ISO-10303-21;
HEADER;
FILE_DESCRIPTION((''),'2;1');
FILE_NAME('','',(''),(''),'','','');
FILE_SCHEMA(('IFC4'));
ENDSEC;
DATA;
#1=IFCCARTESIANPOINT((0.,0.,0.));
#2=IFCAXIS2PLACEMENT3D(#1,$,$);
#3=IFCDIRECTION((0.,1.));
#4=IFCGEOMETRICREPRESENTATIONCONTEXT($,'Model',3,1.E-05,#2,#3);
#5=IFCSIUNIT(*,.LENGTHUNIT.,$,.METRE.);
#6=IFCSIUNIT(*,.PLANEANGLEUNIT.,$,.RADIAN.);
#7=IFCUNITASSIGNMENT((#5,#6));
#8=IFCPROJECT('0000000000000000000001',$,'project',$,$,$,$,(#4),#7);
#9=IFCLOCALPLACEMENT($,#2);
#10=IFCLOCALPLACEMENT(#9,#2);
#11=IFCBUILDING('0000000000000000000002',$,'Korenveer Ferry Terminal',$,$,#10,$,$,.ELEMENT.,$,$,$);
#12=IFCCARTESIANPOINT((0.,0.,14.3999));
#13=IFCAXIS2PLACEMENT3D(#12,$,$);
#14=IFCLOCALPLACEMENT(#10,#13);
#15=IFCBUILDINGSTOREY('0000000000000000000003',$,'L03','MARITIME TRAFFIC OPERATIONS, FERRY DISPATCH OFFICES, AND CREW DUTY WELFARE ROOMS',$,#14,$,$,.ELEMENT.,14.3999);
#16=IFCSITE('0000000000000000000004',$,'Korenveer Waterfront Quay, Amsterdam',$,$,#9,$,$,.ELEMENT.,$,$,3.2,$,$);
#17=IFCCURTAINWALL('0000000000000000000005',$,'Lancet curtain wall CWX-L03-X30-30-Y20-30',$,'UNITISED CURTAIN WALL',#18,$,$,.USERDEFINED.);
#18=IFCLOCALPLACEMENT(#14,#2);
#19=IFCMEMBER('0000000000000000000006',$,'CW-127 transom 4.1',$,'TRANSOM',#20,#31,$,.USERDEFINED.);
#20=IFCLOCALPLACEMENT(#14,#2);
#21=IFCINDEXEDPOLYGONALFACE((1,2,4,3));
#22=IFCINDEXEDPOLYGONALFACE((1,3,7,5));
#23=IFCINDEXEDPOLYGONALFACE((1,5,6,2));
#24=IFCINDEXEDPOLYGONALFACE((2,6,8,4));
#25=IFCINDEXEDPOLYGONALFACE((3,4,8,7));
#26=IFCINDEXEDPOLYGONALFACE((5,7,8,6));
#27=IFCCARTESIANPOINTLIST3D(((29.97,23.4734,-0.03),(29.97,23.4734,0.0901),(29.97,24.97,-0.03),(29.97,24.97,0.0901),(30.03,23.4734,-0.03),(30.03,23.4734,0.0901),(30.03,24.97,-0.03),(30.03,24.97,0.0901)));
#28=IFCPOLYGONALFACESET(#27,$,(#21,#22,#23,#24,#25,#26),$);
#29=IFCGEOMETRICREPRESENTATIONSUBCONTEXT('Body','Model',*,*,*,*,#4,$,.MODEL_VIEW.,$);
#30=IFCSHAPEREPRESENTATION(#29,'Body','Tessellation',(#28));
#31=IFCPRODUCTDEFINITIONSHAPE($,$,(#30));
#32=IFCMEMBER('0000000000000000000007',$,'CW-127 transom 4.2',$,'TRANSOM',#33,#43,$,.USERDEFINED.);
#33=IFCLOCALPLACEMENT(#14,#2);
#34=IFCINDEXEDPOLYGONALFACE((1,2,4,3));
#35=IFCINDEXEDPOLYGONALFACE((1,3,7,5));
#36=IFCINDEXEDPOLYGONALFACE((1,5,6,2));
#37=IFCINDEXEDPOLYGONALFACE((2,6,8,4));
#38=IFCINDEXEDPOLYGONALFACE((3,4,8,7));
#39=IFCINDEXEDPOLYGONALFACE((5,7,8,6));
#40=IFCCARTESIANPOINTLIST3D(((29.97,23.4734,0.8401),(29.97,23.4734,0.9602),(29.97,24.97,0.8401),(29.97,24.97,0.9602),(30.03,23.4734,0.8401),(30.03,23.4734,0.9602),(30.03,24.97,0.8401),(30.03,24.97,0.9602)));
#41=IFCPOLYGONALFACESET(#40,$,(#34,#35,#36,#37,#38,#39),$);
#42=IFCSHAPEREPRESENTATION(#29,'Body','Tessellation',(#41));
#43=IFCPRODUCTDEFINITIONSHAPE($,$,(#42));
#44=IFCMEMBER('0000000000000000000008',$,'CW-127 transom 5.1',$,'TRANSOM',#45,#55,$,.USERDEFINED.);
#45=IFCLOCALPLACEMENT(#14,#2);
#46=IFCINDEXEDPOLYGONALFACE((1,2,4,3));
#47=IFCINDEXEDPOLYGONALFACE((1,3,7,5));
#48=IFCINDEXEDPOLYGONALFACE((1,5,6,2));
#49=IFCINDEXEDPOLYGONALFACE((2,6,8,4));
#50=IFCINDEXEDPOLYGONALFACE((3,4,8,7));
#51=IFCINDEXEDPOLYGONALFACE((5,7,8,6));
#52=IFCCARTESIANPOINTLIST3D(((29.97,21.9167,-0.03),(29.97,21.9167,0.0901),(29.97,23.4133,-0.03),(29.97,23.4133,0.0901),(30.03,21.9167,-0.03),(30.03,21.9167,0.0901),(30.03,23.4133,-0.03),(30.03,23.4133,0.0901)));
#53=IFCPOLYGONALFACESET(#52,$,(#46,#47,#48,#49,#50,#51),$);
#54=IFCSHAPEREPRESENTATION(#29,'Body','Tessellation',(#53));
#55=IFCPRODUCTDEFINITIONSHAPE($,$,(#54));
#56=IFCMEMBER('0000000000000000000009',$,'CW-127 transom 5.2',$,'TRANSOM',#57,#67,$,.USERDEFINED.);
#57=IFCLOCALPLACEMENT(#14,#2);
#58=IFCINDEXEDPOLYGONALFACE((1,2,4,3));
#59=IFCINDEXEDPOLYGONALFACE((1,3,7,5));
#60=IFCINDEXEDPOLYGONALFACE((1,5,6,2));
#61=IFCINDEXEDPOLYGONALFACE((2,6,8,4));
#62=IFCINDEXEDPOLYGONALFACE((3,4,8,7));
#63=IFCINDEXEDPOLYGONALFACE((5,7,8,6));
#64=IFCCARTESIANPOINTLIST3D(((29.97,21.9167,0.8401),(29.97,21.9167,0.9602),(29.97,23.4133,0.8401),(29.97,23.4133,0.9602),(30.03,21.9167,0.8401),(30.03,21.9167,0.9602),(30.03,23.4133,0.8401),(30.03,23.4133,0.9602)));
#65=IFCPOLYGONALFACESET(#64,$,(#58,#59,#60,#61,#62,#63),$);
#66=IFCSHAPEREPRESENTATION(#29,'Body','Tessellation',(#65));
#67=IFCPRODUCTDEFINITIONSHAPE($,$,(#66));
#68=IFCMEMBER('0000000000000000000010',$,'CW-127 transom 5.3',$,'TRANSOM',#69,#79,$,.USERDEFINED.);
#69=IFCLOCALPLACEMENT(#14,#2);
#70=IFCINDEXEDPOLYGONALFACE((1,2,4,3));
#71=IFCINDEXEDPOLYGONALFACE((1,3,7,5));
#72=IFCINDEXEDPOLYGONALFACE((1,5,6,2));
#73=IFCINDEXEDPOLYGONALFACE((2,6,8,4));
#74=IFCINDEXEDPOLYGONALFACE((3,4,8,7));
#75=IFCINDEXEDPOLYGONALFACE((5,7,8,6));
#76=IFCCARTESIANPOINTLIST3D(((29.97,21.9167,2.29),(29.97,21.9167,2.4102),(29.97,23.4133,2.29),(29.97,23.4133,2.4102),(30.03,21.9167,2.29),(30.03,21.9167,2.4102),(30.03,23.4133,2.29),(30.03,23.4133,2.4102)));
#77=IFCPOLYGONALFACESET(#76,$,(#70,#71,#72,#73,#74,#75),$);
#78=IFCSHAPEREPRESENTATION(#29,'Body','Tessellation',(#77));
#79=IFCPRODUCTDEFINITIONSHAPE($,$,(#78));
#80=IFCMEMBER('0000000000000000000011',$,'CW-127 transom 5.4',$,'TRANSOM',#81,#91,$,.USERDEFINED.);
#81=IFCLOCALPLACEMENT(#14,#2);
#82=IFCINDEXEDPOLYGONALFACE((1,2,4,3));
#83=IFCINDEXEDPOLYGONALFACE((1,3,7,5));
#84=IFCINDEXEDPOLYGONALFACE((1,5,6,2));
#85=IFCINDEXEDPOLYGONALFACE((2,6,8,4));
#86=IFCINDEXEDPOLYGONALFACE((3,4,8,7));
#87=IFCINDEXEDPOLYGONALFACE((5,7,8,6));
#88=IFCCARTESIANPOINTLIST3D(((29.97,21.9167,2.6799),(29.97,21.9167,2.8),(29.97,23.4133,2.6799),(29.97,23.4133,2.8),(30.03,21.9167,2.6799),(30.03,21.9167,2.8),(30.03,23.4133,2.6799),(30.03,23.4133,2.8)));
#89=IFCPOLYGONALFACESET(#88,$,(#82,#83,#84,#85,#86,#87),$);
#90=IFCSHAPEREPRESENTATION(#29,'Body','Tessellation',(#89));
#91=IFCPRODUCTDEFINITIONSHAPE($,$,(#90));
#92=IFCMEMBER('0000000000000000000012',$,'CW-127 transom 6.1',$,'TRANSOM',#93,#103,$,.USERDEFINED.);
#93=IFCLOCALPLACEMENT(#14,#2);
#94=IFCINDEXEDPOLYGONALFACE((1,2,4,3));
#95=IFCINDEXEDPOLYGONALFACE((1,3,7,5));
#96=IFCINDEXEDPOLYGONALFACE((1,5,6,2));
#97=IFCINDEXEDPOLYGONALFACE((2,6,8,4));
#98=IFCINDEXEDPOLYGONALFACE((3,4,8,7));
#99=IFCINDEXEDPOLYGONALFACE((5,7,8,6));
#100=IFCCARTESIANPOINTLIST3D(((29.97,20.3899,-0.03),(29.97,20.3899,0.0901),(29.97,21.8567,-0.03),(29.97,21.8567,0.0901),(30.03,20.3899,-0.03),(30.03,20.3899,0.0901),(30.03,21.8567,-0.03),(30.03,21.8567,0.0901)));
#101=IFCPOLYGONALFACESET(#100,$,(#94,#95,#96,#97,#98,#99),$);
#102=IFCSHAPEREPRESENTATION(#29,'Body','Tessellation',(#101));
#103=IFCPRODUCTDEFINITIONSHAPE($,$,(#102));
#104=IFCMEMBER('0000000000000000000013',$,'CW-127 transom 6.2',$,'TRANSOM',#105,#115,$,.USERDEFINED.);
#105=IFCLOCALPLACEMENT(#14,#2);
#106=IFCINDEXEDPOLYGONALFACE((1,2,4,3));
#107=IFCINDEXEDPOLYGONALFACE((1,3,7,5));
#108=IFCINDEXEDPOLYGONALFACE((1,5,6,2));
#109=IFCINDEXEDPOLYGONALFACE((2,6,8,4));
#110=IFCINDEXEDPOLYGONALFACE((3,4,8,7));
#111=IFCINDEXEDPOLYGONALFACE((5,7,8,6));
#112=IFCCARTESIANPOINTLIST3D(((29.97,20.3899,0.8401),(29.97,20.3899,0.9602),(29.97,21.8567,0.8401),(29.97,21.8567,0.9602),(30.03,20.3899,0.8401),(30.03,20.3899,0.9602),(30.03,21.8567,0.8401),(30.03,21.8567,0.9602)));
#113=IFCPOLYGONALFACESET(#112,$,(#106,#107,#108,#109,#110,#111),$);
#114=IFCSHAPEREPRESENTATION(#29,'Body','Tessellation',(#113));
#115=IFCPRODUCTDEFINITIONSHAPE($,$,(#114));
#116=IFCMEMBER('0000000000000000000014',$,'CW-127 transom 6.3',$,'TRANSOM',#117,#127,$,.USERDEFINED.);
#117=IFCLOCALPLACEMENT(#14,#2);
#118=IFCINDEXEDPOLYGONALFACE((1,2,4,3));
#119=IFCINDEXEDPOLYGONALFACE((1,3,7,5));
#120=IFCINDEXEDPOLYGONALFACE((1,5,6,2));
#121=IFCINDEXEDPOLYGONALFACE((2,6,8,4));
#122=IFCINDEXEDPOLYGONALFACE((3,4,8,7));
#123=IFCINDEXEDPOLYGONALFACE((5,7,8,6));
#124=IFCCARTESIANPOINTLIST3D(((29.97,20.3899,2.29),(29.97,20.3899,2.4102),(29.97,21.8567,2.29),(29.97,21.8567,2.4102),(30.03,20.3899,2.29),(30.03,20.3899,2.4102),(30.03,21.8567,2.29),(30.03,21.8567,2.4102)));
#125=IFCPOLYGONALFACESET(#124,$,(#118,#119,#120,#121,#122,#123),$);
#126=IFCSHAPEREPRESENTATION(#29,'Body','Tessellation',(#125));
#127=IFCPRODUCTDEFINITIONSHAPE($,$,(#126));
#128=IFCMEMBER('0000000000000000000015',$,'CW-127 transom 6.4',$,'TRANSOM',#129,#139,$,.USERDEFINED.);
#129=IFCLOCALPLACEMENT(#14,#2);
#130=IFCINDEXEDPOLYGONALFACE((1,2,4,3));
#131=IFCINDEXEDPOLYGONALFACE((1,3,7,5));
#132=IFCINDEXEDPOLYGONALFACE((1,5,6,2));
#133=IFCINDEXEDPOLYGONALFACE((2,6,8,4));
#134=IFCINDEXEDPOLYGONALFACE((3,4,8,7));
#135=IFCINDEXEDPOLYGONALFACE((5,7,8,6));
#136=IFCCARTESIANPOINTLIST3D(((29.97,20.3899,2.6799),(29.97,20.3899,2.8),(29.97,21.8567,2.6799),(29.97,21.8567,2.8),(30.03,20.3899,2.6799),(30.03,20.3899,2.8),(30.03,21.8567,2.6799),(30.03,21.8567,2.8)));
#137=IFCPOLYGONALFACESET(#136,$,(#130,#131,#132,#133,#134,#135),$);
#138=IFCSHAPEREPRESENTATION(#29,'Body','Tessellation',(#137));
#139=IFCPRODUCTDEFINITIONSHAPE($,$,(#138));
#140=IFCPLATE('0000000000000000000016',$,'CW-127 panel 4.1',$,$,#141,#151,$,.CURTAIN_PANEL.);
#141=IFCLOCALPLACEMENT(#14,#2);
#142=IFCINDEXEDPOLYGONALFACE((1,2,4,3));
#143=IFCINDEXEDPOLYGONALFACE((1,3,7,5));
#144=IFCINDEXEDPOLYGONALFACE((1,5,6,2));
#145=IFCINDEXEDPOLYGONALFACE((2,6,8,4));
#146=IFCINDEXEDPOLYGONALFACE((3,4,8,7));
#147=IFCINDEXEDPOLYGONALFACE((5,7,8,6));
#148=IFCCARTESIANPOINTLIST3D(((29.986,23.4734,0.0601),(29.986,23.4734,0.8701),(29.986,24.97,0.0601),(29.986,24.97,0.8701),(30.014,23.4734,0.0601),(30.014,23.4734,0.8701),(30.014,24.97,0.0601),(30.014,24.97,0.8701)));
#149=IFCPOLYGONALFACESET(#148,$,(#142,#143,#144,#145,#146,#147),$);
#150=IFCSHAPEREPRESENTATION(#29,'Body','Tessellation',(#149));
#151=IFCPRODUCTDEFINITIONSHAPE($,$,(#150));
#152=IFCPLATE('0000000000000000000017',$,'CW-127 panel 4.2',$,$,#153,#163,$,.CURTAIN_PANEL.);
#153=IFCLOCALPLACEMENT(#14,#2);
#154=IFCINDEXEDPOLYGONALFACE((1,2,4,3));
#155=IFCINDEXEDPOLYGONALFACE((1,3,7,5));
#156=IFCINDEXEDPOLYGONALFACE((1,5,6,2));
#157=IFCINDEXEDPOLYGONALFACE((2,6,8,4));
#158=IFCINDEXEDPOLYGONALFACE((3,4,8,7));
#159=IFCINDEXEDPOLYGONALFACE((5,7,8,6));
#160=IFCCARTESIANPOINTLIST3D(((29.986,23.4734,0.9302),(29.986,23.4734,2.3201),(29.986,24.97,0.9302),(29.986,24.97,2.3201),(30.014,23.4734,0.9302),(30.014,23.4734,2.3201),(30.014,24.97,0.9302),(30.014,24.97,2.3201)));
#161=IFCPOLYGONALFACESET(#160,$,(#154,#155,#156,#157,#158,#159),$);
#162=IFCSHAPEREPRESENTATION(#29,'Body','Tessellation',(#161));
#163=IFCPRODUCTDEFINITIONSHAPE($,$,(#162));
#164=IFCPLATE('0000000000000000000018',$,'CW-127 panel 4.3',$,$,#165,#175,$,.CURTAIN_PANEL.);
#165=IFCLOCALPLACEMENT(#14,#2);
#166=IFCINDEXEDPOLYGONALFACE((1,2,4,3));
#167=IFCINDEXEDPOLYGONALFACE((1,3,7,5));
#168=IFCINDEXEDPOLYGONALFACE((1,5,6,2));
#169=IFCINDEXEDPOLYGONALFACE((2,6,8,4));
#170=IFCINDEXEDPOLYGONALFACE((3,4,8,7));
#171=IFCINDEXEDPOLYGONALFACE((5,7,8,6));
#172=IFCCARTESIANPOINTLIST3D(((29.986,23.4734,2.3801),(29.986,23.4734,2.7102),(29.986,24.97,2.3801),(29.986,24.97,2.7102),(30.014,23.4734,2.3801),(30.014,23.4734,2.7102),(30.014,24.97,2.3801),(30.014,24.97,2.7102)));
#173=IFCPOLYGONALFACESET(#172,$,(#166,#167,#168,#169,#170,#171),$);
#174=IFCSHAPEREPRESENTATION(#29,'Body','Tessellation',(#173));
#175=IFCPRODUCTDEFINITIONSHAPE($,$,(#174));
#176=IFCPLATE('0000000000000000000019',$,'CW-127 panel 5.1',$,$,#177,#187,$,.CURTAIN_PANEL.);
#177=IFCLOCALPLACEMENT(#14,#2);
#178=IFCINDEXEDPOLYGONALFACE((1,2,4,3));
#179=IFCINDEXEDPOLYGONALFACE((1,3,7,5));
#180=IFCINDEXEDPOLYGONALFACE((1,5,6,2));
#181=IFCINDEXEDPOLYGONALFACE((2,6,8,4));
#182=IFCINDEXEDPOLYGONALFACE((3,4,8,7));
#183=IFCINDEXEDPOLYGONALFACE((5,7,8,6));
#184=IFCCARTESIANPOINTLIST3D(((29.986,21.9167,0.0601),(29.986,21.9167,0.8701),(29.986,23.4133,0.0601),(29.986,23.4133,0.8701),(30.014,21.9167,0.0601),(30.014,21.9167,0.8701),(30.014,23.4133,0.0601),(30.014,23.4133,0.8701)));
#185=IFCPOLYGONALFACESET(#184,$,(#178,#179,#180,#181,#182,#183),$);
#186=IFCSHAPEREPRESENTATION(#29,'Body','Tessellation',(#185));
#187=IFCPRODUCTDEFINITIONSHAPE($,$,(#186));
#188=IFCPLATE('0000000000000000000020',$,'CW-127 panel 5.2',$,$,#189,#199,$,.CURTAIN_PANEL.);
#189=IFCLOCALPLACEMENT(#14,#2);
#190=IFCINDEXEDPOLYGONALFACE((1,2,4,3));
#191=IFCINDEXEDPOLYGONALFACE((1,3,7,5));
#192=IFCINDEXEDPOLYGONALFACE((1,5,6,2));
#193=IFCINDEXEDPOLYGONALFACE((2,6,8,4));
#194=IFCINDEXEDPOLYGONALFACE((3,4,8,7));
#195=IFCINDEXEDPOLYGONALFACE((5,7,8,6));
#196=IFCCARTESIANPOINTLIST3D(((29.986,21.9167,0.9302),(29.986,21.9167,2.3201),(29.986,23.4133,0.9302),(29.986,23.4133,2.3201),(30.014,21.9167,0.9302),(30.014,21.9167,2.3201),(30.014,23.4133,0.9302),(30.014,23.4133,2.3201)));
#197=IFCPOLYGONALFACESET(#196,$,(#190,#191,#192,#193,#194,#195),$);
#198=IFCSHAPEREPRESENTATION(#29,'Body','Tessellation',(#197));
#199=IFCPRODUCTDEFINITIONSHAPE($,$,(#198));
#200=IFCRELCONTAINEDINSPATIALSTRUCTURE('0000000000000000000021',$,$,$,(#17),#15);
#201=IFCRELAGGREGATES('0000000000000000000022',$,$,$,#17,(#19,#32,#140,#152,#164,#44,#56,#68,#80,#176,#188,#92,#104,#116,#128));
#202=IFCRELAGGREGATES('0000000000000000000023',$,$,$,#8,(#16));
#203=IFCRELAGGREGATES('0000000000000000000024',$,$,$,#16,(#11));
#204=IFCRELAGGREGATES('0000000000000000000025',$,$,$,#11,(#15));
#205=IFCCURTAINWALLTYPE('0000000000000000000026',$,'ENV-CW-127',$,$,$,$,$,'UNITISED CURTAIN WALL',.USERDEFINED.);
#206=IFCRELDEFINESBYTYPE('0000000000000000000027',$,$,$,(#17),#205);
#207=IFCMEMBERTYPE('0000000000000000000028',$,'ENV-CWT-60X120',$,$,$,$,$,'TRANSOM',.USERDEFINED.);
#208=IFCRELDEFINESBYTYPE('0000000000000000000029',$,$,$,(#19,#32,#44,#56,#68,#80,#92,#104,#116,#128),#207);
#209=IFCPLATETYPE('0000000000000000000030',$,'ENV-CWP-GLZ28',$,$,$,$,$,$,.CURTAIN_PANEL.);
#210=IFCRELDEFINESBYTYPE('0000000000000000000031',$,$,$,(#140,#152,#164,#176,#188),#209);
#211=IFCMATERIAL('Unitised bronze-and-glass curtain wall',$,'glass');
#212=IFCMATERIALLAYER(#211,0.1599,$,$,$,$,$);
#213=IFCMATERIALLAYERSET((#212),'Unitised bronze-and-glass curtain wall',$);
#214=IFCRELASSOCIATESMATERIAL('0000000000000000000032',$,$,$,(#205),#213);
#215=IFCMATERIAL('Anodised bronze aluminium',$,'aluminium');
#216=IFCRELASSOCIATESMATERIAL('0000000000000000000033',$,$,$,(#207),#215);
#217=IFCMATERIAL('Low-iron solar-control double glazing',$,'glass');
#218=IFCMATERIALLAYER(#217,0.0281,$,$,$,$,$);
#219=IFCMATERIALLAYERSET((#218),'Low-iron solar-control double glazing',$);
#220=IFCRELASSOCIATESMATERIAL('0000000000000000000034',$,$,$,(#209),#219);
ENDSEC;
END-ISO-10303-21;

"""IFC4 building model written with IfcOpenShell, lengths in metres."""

from ifc_helpers import new_model, si_unit, direction, frame, origin, origin_2d, place, context, subcontext, project, spatial, rectangle, extrude, material, layer, layer_set, material_profile, profile_set, type_object, element, aggregate, save


model = new_model("IFC4")

# Units and contexts
model_context = context("Model", 3, precision=1e-05, world=origin(), true_north=direction((0.0, 1.0)))
body_context = subcontext(model_context, "Body", "Model", "MODEL_VIEW")
ifc_project = project(units=[si_unit("LENGTHUNIT", "METRE"), si_unit("PLANEANGLEUNIT", "RADIAN")], contexts=[model_context])

# Site, building, storey
site_placement = place(None, origin())
site = spatial("IfcSite", under=ifc_project, at=site_placement, Name="Korenveer Waterfront Quay, Amsterdam", CompositionType="ELEMENT", RefElevation=3.2)
building_placement = place(site_placement, origin())
building = spatial("IfcBuilding", under=site, at=building_placement, Name="Korenveer Ferry Terminal", CompositionType="ELEMENT")
storey_placement = place(building_placement, frame((0.0, 0.0, 14.3999)))
storey = spatial("IfcBuildingStorey", under=building, at=storey_placement, Name="L03", Description="MARITIME TRAFFIC OPERATIONS, FERRY DISPATCH OFFICES, AND CREW DUTY WELFARE ROOMS", CompositionType="ELEMENT", Elevation=14.3999)

# Curtain wall, members, plates
ifc_material_1 = material(Name="Unitised bronze-and-glass curtain wall", Category="glass")
ifc_layer_1 = layer(ifc_material_1, 0.1599)
ifc_layer_set_1 = layer_set([ifc_layer_1], Name="Unitised bronze-and-glass curtain wall")
curtain_wall_type = type_object("IfcCurtainWallType", Name="ENV-CW-127", ElementType="UNITISED CURTAIN WALL", PredefinedType="USERDEFINED", material=ifc_layer_set_1)
curtain_wall_placement = place(storey_placement, frame((30.0, 29.6699, 0.0)))
curtain_wall = element("IfcCurtainWall", 1, at=curtain_wall_placement, inside=storey, type_object=curtain_wall_type, Name="Lancet curtain wall CWX-L03-X30-30-Y20-30", ObjectType="UNITISED CURTAIN WALL", PredefinedType="USERDEFINED")
ifc_material_2 = material(Name="Anodised bronze aluminium", Category="aluminium")
ifc_material_profile = material_profile(ifc_material_2, rectangle(XDim=0.0601, YDim=0.1201, at=origin_2d()), Name="ALU 60x120")
ifc_profile_set = profile_set([ifc_material_profile], Name="Anodised bronze aluminium")
member_type = type_object("IfcMemberType", Name="ENV-CWT-60X120", ElementType="TRANSOM", PredefinedType="USERDEFINED", material=ifc_profile_set)
member_1_placement = place(storey_placement, frame((30.0, 24.97, 0.03), z_axis=(0.0, -1.0, 0.0), x_axis=(1.0, 0.0, 0.0)))
member_1 = element("IfcMember", 2, at=member_1_placement, type_object=member_type, Name="CW-127 transom 4.1", ObjectType="TRANSOM", PredefinedType="USERDEFINED", context=body_context, shape_type="SweptSolid", body=[
    extrude(rectangle(XDim=0.0601, YDim=0.1201, at=origin_2d()), origin(), (0.0, 0.0, 1.0), 1.4966),
])
member_2_placement = place(storey_placement, frame((30.0, 24.97, 0.9001), z_axis=(0.0, -1.0, 0.0), x_axis=(1.0, 0.0, 0.0)))
member_2 = element("IfcMember", 3, at=member_2_placement, type_object=member_type, Name="CW-127 transom 4.2", ObjectType="TRANSOM", PredefinedType="USERDEFINED", context=body_context, shape_type="SweptSolid", body=[
    extrude(rectangle(XDim=0.0601, YDim=0.1201, at=origin_2d()), origin(), (0.0, 0.0, 1.0), 1.4966),
])
member_3_placement = place(storey_placement, frame((30.0, 23.4133, 0.03), z_axis=(0.0, -1.0, 0.0), x_axis=(1.0, 0.0, 0.0)))
member_3 = element("IfcMember", 4, at=member_3_placement, type_object=member_type, Name="CW-127 transom 5.1", ObjectType="TRANSOM", PredefinedType="USERDEFINED", context=body_context, shape_type="SweptSolid", body=[
    extrude(rectangle(XDim=0.0601, YDim=0.1201, at=origin_2d()), origin(), (0.0, 0.0, 1.0), 1.4966),
])
member_4_placement = place(storey_placement, frame((30.0, 23.4133, 0.9001), z_axis=(0.0, -1.0, 0.0), x_axis=(1.0, 0.0, 0.0)))
member_4 = element("IfcMember", 5, at=member_4_placement, type_object=member_type, Name="CW-127 transom 5.2", ObjectType="TRANSOM", PredefinedType="USERDEFINED", context=body_context, shape_type="SweptSolid", body=[
    extrude(rectangle(XDim=0.0601, YDim=0.1201, at=origin_2d()), origin(), (0.0, 0.0, 1.0), 1.4966),
])
member_5_placement = place(storey_placement, frame((30.0, 23.4133, 2.3501), z_axis=(0.0, -1.0, 0.0), x_axis=(1.0, 0.0, 0.0)))
member_5 = element("IfcMember", 6, at=member_5_placement, type_object=member_type, Name="CW-127 transom 5.3", ObjectType="TRANSOM", PredefinedType="USERDEFINED", context=body_context, shape_type="SweptSolid", body=[
    extrude(rectangle(XDim=0.0601, YDim=0.1201, at=origin_2d()), origin(), (0.0, 0.0, 1.0), 1.4966),
])
member_6_placement = place(storey_placement, frame((30.0, 23.4133, 2.74), z_axis=(0.0, -1.0, 0.0), x_axis=(1.0, 0.0, 0.0)))
member_6 = element("IfcMember", 7, at=member_6_placement, type_object=member_type, Name="CW-127 transom 5.4", ObjectType="TRANSOM", PredefinedType="USERDEFINED", context=body_context, shape_type="SweptSolid", body=[
    extrude(rectangle(XDim=0.0601, YDim=0.1201, at=origin_2d()), origin(), (0.0, 0.0, 1.0), 1.4966),
])
member_7_placement = place(storey_placement, frame((30.0, 21.8567, 0.03), z_axis=(0.0, -1.0, 0.0), x_axis=(1.0, 0.0, 0.0)))
member_7 = element("IfcMember", 8, at=member_7_placement, type_object=member_type, Name="CW-127 transom 6.1", ObjectType="TRANSOM", PredefinedType="USERDEFINED", context=body_context, shape_type="SweptSolid", body=[
    extrude(rectangle(XDim=0.0601, YDim=0.1201, at=origin_2d()), origin(), (0.0, 0.0, 1.0), 1.4668),
])
member_8_placement = place(storey_placement, frame((30.0, 21.8567, 0.9001), z_axis=(0.0, -1.0, 0.0), x_axis=(1.0, 0.0, 0.0)))
member_8 = element("IfcMember", 9, at=member_8_placement, type_object=member_type, Name="CW-127 transom 6.2", ObjectType="TRANSOM", PredefinedType="USERDEFINED", context=body_context, shape_type="SweptSolid", body=[
    extrude(rectangle(XDim=0.0601, YDim=0.1201, at=origin_2d()), origin(), (0.0, 0.0, 1.0), 1.4668),
])
member_9_placement = place(storey_placement, frame((30.0, 21.8567, 2.3501), z_axis=(0.0, -1.0, 0.0), x_axis=(1.0, 0.0, 0.0)))
member_9 = element("IfcMember", 10, at=member_9_placement, type_object=member_type, Name="CW-127 transom 6.3", ObjectType="TRANSOM", PredefinedType="USERDEFINED", context=body_context, shape_type="SweptSolid", body=[
    extrude(rectangle(XDim=0.0601, YDim=0.1201, at=origin_2d()), origin(), (0.0, 0.0, 1.0), 1.4668),
])
member_10_placement = place(storey_placement, frame((30.0, 21.8567, 2.74), z_axis=(0.0, -1.0, 0.0), x_axis=(1.0, 0.0, 0.0)))
member_10 = element("IfcMember", 11, at=member_10_placement, type_object=member_type, Name="CW-127 transom 6.4", ObjectType="TRANSOM", PredefinedType="USERDEFINED", context=body_context, shape_type="SweptSolid", body=[
    extrude(rectangle(XDim=0.0601, YDim=0.1201, at=origin_2d()), origin(), (0.0, 0.0, 1.0), 1.4668),
])
ifc_material_3 = material(Name="Low-iron solar-control double glazing", Category="glass")
ifc_layer_2 = layer(ifc_material_3, 0.0281)
ifc_layer_set_2 = layer_set([ifc_layer_2], Name="Low-iron solar-control double glazing")
plate_type = type_object("IfcPlateType", Name="ENV-CWP-GLZ28", PredefinedType="CURTAIN_PANEL", material=ifc_layer_set_2)
plate_1_placement = place(storey_placement, frame((30.0, 24.2217, 0.0601), z_axis=(0.0, 0.0, 1.0), x_axis=(0.0, -1.0, 0.0)))
plate_1 = element("IfcPlate", 12, at=plate_1_placement, type_object=plate_type, Name="CW-127 panel 4.1", PredefinedType="CURTAIN_PANEL", context=body_context, shape_type="SweptSolid", body=[
    extrude(rectangle(XDim=1.4966, YDim=0.0281, at=origin_2d()), origin(), (0.0, 0.0, 1.0), 0.8101),
])
plate_2_placement = place(storey_placement, frame((30.0, 24.2217, 0.9302), z_axis=(0.0, 0.0, 1.0), x_axis=(0.0, -1.0, 0.0)))
plate_2 = element("IfcPlate", 13, at=plate_2_placement, type_object=plate_type, Name="CW-127 panel 4.2", PredefinedType="CURTAIN_PANEL", context=body_context, shape_type="SweptSolid", body=[
    extrude(rectangle(XDim=1.4966, YDim=0.0281, at=origin_2d()), origin(), (0.0, 0.0, 1.0), 1.3899),
])
plate_3_placement = place(storey_placement, frame((30.0, 24.2217, 2.3801), z_axis=(0.0, 0.0, 1.0), x_axis=(0.0, -1.0, 0.0)))
plate_3 = element("IfcPlate", 14, at=plate_3_placement, type_object=plate_type, Name="CW-127 panel 4.3", PredefinedType="CURTAIN_PANEL", context=body_context, shape_type="SweptSolid", body=[
    extrude(rectangle(XDim=1.4966, YDim=0.0281, at=origin_2d()), origin(), (0.0, 0.0, 1.0), 0.3301),
])
plate_4_placement = place(storey_placement, frame((30.0, 22.665, 0.0601), z_axis=(0.0, 0.0, 1.0), x_axis=(0.0, -1.0, 0.0)))
plate_4 = element("IfcPlate", 15, at=plate_4_placement, type_object=plate_type, Name="CW-127 panel 5.1", PredefinedType="CURTAIN_PANEL", context=body_context, shape_type="SweptSolid", body=[
    extrude(rectangle(XDim=1.4966, YDim=0.0281, at=origin_2d()), origin(), (0.0, 0.0, 1.0), 0.8101),
])
plate_5_placement = place(storey_placement, frame((30.0, 22.665, 0.9302), z_axis=(0.0, 0.0, 1.0), x_axis=(0.0, -1.0, 0.0)))
plate_5 = element("IfcPlate", 16, at=plate_5_placement, type_object=plate_type, Name="CW-127 panel 5.2", PredefinedType="CURTAIN_PANEL", context=body_context, shape_type="SweptSolid", body=[
    extrude(rectangle(XDim=1.4966, YDim=0.0281, at=origin_2d()), origin(), (0.0, 0.0, 1.0), 1.3899),
])
aggregate(curtain_wall, [member_1, member_2, plate_1, plate_2, plate_3, member_3, member_4, member_5, member_6, plate_4, plate_5, member_7, member_8, member_9, member_10])

save(model, "model.ifc")
